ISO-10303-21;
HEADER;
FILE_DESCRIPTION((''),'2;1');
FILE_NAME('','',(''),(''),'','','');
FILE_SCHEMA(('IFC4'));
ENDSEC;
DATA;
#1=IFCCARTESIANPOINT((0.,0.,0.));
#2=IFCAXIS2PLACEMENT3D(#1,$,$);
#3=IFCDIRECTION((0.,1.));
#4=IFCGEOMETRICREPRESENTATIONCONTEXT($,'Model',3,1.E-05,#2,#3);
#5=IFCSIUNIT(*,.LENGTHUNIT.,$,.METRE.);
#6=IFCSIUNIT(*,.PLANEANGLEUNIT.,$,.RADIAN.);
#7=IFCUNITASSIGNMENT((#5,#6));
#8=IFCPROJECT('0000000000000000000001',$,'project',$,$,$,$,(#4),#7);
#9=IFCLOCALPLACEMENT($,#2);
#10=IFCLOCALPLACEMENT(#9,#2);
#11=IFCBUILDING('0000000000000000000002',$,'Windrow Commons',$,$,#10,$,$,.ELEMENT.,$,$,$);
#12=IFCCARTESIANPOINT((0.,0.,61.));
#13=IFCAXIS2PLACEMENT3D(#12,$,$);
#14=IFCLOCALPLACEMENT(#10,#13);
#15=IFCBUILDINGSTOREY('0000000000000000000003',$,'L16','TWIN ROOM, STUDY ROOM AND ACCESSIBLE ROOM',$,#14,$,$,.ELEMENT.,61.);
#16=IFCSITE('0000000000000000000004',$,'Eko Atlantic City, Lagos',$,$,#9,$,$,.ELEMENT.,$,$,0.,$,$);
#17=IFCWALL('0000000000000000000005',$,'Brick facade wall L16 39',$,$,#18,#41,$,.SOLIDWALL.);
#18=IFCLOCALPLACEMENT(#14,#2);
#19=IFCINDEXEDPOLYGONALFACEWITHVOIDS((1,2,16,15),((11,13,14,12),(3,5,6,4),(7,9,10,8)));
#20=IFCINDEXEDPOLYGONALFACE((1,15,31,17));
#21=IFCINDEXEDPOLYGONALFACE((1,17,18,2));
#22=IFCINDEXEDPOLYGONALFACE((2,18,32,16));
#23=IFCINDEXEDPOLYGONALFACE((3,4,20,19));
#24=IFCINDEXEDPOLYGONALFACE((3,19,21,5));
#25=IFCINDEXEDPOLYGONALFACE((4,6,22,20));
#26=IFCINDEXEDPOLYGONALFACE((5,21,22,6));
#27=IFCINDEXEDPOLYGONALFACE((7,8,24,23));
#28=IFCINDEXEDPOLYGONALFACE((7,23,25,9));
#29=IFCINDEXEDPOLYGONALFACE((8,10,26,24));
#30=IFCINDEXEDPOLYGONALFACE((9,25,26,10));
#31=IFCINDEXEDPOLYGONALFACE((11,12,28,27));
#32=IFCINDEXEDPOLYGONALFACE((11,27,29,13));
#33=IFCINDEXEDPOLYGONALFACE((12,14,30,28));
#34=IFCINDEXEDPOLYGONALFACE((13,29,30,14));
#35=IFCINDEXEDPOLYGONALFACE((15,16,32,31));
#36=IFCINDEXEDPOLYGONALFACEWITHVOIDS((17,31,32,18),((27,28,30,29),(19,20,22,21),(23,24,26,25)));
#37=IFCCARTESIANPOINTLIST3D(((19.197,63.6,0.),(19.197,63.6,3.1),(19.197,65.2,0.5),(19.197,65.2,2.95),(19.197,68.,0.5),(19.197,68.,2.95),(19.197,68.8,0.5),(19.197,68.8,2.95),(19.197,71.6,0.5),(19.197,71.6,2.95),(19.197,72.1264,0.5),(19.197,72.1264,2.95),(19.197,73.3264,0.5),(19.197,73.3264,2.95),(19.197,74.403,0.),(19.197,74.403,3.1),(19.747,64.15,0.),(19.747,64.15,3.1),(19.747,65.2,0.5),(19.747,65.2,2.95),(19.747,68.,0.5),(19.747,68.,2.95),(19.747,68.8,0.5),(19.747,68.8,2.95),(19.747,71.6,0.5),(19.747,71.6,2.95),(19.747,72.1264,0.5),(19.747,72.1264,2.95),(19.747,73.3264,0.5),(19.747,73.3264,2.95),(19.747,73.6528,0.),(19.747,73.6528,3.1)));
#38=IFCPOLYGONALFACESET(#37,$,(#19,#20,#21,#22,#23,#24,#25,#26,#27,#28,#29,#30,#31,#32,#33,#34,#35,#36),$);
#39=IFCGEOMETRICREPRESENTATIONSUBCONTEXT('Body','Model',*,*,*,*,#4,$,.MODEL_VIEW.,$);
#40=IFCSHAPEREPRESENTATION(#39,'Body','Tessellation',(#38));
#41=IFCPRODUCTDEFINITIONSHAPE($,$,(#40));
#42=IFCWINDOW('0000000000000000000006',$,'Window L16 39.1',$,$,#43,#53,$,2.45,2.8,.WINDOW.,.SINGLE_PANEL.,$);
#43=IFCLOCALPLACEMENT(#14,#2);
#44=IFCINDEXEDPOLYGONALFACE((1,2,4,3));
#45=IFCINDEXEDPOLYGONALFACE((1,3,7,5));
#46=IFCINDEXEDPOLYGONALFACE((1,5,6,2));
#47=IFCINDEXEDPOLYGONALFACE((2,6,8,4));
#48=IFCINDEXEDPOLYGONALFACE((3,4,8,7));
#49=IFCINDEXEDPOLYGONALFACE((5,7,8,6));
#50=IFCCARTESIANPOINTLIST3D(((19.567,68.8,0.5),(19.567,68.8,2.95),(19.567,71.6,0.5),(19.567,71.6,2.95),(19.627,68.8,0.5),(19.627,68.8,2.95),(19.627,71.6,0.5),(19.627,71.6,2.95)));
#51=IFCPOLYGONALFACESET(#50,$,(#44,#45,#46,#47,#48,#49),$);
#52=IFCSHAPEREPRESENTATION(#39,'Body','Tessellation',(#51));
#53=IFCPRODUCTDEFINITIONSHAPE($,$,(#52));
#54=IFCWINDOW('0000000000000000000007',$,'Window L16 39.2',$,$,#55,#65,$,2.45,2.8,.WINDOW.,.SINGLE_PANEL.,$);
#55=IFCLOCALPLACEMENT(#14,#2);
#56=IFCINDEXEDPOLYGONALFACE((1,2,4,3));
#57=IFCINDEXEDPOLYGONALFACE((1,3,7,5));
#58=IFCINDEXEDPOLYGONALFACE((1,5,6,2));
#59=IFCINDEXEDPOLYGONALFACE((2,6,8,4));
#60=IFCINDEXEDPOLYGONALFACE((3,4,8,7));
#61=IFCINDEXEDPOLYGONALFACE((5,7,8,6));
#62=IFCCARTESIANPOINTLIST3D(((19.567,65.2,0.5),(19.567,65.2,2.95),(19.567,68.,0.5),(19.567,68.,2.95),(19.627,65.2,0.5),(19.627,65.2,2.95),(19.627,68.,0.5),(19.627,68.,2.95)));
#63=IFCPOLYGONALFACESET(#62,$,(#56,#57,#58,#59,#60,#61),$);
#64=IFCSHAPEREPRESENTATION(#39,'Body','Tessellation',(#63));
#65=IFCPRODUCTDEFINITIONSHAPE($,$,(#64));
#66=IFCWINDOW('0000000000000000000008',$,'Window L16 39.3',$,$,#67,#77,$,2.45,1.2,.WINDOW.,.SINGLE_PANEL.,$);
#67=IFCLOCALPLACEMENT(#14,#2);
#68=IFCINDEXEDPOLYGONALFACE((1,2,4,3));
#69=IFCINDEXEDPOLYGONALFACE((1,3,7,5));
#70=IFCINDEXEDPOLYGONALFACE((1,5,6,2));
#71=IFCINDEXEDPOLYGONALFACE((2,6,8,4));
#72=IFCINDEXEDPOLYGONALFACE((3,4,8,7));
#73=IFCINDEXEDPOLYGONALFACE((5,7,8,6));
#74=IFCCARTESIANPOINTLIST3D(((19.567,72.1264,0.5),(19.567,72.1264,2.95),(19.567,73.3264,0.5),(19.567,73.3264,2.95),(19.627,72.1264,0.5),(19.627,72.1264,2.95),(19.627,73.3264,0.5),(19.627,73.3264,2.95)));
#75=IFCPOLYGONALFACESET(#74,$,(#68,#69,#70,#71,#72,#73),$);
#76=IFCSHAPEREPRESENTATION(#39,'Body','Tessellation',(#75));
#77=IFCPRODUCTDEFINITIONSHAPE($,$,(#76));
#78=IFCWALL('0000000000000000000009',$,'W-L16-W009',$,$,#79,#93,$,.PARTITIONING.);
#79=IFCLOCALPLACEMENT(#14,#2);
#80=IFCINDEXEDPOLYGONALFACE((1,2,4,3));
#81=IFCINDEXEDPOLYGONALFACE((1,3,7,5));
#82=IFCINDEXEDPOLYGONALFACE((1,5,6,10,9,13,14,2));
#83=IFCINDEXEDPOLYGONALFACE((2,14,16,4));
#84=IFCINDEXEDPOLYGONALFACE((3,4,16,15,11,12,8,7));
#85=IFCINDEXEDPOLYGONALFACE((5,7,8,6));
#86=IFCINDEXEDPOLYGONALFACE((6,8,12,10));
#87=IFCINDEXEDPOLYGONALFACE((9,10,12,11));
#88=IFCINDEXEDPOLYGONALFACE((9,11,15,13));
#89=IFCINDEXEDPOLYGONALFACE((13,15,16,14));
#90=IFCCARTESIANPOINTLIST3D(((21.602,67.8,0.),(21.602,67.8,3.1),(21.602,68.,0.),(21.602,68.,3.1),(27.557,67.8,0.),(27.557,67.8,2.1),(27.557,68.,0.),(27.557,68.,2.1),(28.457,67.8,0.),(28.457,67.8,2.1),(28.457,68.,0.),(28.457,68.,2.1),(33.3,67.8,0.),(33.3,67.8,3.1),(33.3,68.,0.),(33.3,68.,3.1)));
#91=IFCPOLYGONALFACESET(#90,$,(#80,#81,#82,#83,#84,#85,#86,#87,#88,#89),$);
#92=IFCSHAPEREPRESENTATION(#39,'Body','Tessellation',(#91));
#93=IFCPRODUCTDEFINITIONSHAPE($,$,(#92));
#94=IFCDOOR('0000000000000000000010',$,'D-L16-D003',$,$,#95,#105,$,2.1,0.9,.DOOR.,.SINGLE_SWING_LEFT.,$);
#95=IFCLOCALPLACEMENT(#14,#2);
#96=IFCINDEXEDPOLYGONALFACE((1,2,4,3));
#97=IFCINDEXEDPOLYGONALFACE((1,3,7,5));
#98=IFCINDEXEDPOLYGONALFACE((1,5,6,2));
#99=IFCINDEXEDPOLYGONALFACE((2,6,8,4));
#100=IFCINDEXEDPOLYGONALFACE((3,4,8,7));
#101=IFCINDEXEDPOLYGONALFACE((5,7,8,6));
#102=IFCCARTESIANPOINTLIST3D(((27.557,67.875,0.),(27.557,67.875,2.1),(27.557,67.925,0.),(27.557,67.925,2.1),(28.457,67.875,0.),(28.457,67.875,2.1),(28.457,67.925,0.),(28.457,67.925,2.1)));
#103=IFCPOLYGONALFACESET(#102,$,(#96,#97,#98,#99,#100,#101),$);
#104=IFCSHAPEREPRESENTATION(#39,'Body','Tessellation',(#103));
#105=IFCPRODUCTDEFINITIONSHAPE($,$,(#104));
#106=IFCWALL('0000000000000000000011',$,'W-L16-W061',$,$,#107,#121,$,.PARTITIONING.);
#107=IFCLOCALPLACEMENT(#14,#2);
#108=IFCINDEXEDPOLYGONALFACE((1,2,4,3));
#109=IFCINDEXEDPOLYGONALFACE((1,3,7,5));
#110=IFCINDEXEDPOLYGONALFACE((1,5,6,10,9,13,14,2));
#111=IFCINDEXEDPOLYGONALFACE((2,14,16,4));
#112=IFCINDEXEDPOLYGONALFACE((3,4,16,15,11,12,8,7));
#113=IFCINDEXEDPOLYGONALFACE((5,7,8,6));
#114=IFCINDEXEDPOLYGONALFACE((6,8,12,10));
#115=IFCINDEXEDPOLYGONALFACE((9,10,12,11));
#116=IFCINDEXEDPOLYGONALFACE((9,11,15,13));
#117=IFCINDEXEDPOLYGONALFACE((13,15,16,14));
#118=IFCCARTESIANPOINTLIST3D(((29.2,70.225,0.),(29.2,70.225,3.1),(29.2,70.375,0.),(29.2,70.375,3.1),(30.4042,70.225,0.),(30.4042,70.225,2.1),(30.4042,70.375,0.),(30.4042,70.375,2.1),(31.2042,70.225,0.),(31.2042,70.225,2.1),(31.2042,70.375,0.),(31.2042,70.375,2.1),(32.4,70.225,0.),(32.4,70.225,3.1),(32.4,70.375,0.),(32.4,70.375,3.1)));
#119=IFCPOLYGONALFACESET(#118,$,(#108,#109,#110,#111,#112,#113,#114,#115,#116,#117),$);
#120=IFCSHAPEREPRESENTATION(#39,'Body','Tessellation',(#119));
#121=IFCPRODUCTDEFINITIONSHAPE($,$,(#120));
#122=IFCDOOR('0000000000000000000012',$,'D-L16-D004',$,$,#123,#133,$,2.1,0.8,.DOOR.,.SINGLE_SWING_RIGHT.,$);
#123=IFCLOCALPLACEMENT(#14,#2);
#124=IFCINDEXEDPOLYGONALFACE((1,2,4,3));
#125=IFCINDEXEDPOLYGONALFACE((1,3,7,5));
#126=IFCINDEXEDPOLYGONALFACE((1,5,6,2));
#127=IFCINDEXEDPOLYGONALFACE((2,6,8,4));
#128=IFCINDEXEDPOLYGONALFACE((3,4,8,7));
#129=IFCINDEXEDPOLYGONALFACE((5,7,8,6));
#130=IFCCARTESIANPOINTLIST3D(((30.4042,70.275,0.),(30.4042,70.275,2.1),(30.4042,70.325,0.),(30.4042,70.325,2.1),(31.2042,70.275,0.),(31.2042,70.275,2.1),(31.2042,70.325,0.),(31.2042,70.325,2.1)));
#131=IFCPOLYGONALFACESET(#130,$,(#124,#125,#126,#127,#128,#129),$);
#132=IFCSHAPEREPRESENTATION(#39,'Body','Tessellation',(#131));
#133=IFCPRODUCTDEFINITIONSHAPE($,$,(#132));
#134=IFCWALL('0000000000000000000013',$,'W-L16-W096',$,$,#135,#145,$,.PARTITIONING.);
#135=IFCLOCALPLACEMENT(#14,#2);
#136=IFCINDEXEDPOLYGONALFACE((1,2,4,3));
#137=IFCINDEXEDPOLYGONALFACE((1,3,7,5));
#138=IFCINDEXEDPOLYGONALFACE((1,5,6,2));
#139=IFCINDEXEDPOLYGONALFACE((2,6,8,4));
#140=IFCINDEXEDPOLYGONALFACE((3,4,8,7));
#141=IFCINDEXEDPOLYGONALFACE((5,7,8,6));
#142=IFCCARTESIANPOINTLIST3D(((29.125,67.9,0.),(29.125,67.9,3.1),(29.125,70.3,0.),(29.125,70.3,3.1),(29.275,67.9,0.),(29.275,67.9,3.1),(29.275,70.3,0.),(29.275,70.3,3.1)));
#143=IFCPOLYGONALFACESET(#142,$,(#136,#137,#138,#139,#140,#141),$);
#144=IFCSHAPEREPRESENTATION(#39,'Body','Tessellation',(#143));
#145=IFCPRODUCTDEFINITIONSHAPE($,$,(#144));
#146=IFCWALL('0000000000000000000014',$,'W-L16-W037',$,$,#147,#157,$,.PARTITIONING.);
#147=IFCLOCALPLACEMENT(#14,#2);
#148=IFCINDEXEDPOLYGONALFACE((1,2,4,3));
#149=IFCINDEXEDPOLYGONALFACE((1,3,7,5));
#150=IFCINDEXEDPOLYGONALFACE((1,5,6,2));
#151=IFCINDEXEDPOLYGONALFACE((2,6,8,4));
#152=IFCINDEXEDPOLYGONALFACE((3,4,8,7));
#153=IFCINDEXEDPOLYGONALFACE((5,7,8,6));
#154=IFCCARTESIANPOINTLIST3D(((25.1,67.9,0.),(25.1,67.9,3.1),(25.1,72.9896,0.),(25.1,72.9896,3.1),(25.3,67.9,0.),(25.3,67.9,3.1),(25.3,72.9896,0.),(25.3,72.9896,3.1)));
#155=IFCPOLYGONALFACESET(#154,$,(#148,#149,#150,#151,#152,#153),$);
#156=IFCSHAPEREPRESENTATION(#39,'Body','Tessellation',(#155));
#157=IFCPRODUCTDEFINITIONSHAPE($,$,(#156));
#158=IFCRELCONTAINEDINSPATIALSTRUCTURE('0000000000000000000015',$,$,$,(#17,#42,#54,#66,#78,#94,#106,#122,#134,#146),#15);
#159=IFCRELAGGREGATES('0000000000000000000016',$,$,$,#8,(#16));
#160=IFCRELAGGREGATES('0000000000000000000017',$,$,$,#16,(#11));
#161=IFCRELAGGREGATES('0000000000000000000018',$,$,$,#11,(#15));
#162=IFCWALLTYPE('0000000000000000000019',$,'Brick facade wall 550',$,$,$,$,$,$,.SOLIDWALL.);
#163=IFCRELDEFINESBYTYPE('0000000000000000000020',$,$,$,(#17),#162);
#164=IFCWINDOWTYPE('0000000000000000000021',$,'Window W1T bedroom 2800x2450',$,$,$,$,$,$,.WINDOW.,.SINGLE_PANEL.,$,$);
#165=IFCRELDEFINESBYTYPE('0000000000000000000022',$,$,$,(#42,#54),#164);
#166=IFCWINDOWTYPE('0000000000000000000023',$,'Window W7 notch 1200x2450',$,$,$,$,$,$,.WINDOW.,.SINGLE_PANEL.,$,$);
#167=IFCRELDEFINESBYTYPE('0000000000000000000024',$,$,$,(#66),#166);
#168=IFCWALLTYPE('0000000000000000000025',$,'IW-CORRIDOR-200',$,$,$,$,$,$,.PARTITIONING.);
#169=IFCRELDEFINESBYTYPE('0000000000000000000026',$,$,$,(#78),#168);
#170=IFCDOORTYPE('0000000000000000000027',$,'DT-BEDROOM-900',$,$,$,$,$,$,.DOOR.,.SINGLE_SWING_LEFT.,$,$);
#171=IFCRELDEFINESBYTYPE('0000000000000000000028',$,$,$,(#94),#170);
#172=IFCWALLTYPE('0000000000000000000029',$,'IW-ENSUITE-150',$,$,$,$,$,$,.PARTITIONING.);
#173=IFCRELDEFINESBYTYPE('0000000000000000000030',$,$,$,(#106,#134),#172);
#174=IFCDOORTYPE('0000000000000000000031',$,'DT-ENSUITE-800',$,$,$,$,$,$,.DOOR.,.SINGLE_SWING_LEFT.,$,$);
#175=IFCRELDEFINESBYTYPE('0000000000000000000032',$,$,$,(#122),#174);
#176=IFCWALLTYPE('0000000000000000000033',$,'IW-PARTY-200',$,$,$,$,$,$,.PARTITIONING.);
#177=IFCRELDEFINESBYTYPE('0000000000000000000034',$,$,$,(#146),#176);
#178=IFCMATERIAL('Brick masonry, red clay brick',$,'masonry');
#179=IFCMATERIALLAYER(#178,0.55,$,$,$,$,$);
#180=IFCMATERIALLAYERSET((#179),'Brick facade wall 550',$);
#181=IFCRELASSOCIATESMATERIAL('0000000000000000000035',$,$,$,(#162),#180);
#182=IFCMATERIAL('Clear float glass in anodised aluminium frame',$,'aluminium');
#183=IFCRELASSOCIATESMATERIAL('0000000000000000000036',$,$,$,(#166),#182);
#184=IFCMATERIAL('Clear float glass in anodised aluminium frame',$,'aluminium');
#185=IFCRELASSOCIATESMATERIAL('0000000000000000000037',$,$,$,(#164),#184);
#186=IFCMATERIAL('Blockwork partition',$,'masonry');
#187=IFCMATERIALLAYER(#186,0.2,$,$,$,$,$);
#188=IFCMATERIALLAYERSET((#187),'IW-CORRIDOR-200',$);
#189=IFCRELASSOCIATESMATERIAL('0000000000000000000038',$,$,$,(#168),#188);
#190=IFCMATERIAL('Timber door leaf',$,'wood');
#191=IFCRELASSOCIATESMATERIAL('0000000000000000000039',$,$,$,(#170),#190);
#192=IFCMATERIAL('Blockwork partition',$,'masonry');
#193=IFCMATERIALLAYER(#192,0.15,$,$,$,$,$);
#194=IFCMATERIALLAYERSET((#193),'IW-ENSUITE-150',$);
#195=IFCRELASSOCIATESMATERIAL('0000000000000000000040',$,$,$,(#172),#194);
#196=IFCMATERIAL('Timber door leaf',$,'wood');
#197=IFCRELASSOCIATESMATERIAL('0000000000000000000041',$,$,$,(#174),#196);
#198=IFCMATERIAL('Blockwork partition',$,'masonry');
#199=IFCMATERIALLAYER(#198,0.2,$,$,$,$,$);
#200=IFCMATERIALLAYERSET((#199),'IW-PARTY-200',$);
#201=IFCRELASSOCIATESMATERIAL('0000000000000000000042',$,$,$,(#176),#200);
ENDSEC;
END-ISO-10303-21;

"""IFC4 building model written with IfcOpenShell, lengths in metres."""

from ifc_helpers import new_model, si_unit, direction, frame, frame_2d, origin, place, context, subcontext, project, spatial, polyline, rectangle, outline, extrude, material, layer, layer_set, type_object, element, fill, save


model = new_model("IFC4")

# Units and contexts
model_context = context("Model", 3, precision=1e-05, world=origin(), true_north=direction((0.0, 1.0)))
body_context = subcontext(model_context, "Body", "Model", "MODEL_VIEW")
ifc_project = project(units=[si_unit("LENGTHUNIT", "METRE"), si_unit("PLANEANGLEUNIT", "RADIAN")], contexts=[model_context])

# Site, building, storey
site_placement = place(None, origin())
site = spatial("IfcSite", under=ifc_project, at=site_placement, Name="Eko Atlantic City, Lagos", CompositionType="ELEMENT", RefElevation=0.0)
building_placement = place(site_placement, origin())
building = spatial("IfcBuilding", under=site, at=building_placement, Name="Windrow Commons", CompositionType="ELEMENT")
storey_placement = place(building_placement, frame((0.0, 0.0, 61.0)))
storey = spatial("IfcBuildingStorey", under=building, at=storey_placement, Name="L16", Description="TWIN ROOM, STUDY ROOM AND ACCESSIBLE ROOM", CompositionType="ELEMENT", Elevation=61.0)

# Shared definitions
ifc_material_1 = material(Name="Brick masonry, red clay brick", Category="masonry")
ifc_layer_1 = layer(ifc_material_1, 0.55)
ifc_layer_set_1 = layer_set([ifc_layer_1], Name="Brick facade wall 550")
wall_type_1 = type_object("IfcWallType", Name="Brick facade wall 550", PredefinedType="SOLIDWALL", material=ifc_layer_set_1)
ifc_material_2 = material(Name="Clear float glass in anodised aluminium frame", Category="aluminium")
window_type_1 = type_object("IfcWindowType", Name="Window W7 notch 1200x2450", PartitioningType="SINGLE_PANEL", PredefinedType="WINDOW", material=ifc_material_2)

# Wall, openings, windows
wall_1_placement = place(storey_placement, frame((19.472, 74.0279, 0.0), z_axis=(0.0, 0.0, 1.0), x_axis=(0.0, -1.0, 0.0)))
wall_1 = element("IfcWall", 1, at=wall_1_placement, inside=storey, type_object=wall_type_1, Name="Brick facade wall L16 39", PredefinedType="SOLIDWALL", context=body_context, shape_type="SweptSolid", body=[
    extrude(outline(polyline([(-0.3751, -0.275), (10.4279, -0.275), (9.8779, 0.275), (0.3751, 0.275), (-0.3751, -0.275)])), origin(), (0.0, 0.0, 1.0), 3.1),
])
opening_1_placement = place(wall_1_placement, frame((2.4279, 0.0, 0.5)))
opening_1 = element("IfcOpeningElement", 2, at=opening_1_placement, cuts=wall_1, PredefinedType="OPENING", context=body_context, shape_type="SweptSolid", body=[
    extrude(rectangle(XDim=2.8, YDim=2.45, at=frame_2d((1.4, 1.225))), frame((0.0, 0.285, 0.0), z_axis=(0.0, -1.0, 0.0), x_axis=(1.0, 0.0, 0.0)), (0.0, 0.0, 1.0), 0.57),
])
opening_2_placement = place(wall_1_placement, frame((6.0279, 0.0, 0.5)))
opening_2 = element("IfcOpeningElement", 3, at=opening_2_placement, cuts=wall_1, PredefinedType="OPENING", context=body_context, shape_type="SweptSolid", body=[
    extrude(rectangle(XDim=2.8, YDim=2.45, at=frame_2d((1.4, 1.225))), frame((0.0, 0.285, 0.0), z_axis=(0.0, -1.0, 0.0), x_axis=(1.0, 0.0, 0.0)), (0.0, 0.0, 1.0), 0.57),
])
opening_3_placement = place(wall_1_placement, frame((0.7015, 0.0, 0.5)))
opening_3 = element("IfcOpeningElement", 4, at=opening_3_placement, cuts=wall_1, PredefinedType="OPENING", context=body_context, shape_type="SweptSolid", body=[
    extrude(rectangle(XDim=1.2, YDim=2.45, at=frame_2d((0.6, 1.225))), frame((0.0, 0.285, 0.0), z_axis=(0.0, -1.0, 0.0), x_axis=(1.0, 0.0, 0.0)), (0.0, 0.0, 1.0), 0.57),
])
ifc_material_3 = material(Name="Clear float glass in anodised aluminium frame", Category="aluminium")
window_type_2 = type_object("IfcWindowType", Name="Window W1T bedroom 2800x2450", PartitioningType="SINGLE_PANEL", PredefinedType="WINDOW", material=ifc_material_3)
window_1_placement = place(opening_1_placement, origin())
window_1 = element("IfcWindow", 5, at=window_1_placement, inside=storey, type_object=window_type_2, Name="Window L16 39.1", OverallHeight=2.45, OverallWidth=2.8, PartitioningType="SINGLE_PANEL", PredefinedType="WINDOW", context=body_context, shape_type="SweptSolid", body=[
    extrude(rectangle(XDim=2.8, YDim=2.45, at=frame_2d((1.4, 1.225))), frame((0.0, 0.155, 0.0), z_axis=(0.0, -1.0, 0.0), x_axis=(1.0, 0.0, 0.0)), (0.0, 0.0, 1.0), 0.06),
])
fill(opening_1, window_1)
window_2_placement = place(opening_2_placement, origin())
window_2 = element("IfcWindow", 6, at=window_2_placement, inside=storey, type_object=window_type_2, Name="Window L16 39.2", OverallHeight=2.45, OverallWidth=2.8, PartitioningType="SINGLE_PANEL", PredefinedType="WINDOW", context=body_context, shape_type="SweptSolid", body=[
    extrude(rectangle(XDim=2.8, YDim=2.45, at=frame_2d((1.4, 1.225))), frame((0.0, 0.155, 0.0), z_axis=(0.0, -1.0, 0.0), x_axis=(1.0, 0.0, 0.0)), (0.0, 0.0, 1.0), 0.06),
])
fill(opening_2, window_2)
window_3_placement = place(opening_3_placement, origin())
window_3 = element("IfcWindow", 7, at=window_3_placement, inside=storey, type_object=window_type_1, Name="Window L16 39.3", OverallHeight=2.45, OverallWidth=1.2, PartitioningType="SINGLE_PANEL", PredefinedType="WINDOW", context=body_context, shape_type="SweptSolid", body=[
    extrude(rectangle(XDim=1.2, YDim=2.45, at=frame_2d((0.6, 1.225))), frame((0.0, 0.155, 0.0), z_axis=(0.0, -1.0, 0.0), x_axis=(1.0, 0.0, 0.0)), (0.0, 0.0, 1.0), 0.06),
])
fill(opening_3, window_3)

# Walls, openings, doors
ifc_material_4 = material(Name="Blockwork partition", Category="masonry")
ifc_layer_2 = layer(ifc_material_4, 0.2)
ifc_layer_set_2 = layer_set([ifc_layer_2], Name="IW-CORRIDOR-200")
wall_type_2 = type_object("IfcWallType", Name="IW-CORRIDOR-200", PredefinedType="PARTITIONING", material=ifc_layer_set_2)
wall_2_placement = place(storey_placement, frame((21.602, 67.9, 0.0), z_axis=(0.0, 0.0, 1.0), x_axis=(1.0, 0.0, 0.0)))
wall_2 = element("IfcWall", 8, at=wall_2_placement, inside=storey, type_object=wall_type_2, Name="W-L16-W009", PredefinedType="PARTITIONING", context=body_context, shape_type="SweptSolid", body=[
    extrude(rectangle(XDim=11.698, YDim=0.2, at=frame_2d((5.849, 0.0))), origin(), (0.0, 0.0, 1.0), 3.1),
])
opening_4_placement = place(wall_2_placement, frame((5.955, 0.0, 0.0)))
opening_4 = element("IfcOpeningElement", 9, at=opening_4_placement, cuts=wall_2, PredefinedType="OPENING", context=body_context, shape_type="SweptSolid", body=[
    extrude(rectangle(XDim=0.9, YDim=2.1, at=frame_2d((0.45, 1.05))), frame((0.0, 0.11, 0.0), z_axis=(0.0, -1.0, 0.0), x_axis=(1.0, 0.0, 0.0)), (0.0, 0.0, 1.0), 0.22),
])
ifc_material_5 = material(Name="Timber door leaf", Category="wood")
door_type_1 = type_object("IfcDoorType", Name="DT-BEDROOM-900", OperationType="SINGLE_SWING_LEFT", PredefinedType="DOOR", material=ifc_material_5)
door_1_placement = place(opening_4_placement, origin())
door_1 = element("IfcDoor", 10, at=door_1_placement, inside=storey, type_object=door_type_1, Name="D-L16-D003", OperationType="SINGLE_SWING_LEFT", OverallHeight=2.1, OverallWidth=0.9, PredefinedType="DOOR", context=body_context, shape_type="SweptSolid", body=[
    extrude(rectangle(XDim=0.9, YDim=2.1, at=frame_2d((0.45, 1.05))), frame((0.0, 0.025, 0.0), z_axis=(0.0, -1.0, 0.0), x_axis=(1.0, 0.0, 0.0)), (0.0, 0.0, 1.0), 0.05),
])
fill(opening_4, door_1)
ifc_material_6 = material(Name="Blockwork partition", Category="masonry")
ifc_layer_3 = layer(ifc_material_6, 0.15)
ifc_layer_set_3 = layer_set([ifc_layer_3], Name="IW-ENSUITE-150")
wall_type_3 = type_object("IfcWallType", Name="IW-ENSUITE-150", PredefinedType="PARTITIONING", material=ifc_layer_set_3)
wall_3_placement = place(storey_placement, frame((29.2, 70.3, 0.0), z_axis=(0.0, 0.0, 1.0), x_axis=(1.0, 0.0, 0.0)))
wall_3 = element("IfcWall", 11, at=wall_3_placement, inside=storey, type_object=wall_type_3, Name="W-L16-W061", PredefinedType="PARTITIONING", context=body_context, shape_type="SweptSolid", body=[
    extrude(rectangle(XDim=3.2, YDim=0.15, at=frame_2d((1.6, 0.0))), origin(), (0.0, 0.0, 1.0), 3.1),
])
opening_5_placement = place(wall_3_placement, frame((1.2042, 0.0, 0.0)))
opening_5 = element("IfcOpeningElement", 12, at=opening_5_placement, cuts=wall_3, PredefinedType="OPENING", context=body_context, shape_type="SweptSolid", body=[
    extrude(rectangle(XDim=0.8, YDim=2.1, at=frame_2d((0.4, 1.05))), frame((0.0, 0.085, 0.0), z_axis=(0.0, -1.0, 0.0), x_axis=(1.0, 0.0, 0.0)), (0.0, 0.0, 1.0), 0.17),
])
ifc_material_7 = material(Name="Timber door leaf", Category="wood")
door_type_2 = type_object("IfcDoorType", Name="DT-ENSUITE-800", OperationType="SINGLE_SWING_LEFT", PredefinedType="DOOR", material=ifc_material_7)
door_2_placement = place(opening_5_placement, origin())
door_2 = element("IfcDoor", 13, at=door_2_placement, inside=storey, type_object=door_type_2, Name="D-L16-D004", OperationType="SINGLE_SWING_RIGHT", OverallHeight=2.1, OverallWidth=0.8, PredefinedType="DOOR", context=body_context, shape_type="SweptSolid", body=[
    extrude(rectangle(XDim=0.8, YDim=2.1, at=frame_2d((0.4, 1.05))), frame((0.0, 0.025, 0.0), z_axis=(0.0, -1.0, 0.0), x_axis=(1.0, 0.0, 0.0)), (0.0, 0.0, 1.0), 0.05),
])
fill(opening_5, door_2)

# Walls
wall_4_placement = place(storey_placement, frame((29.2, 67.9, 0.0), z_axis=(0.0, 0.0, 1.0), x_axis=(0.0, 1.0, 0.0)))
element("IfcWall", 14, at=wall_4_placement, inside=storey, type_object=wall_type_3, Name="W-L16-W096", PredefinedType="PARTITIONING", context=body_context, shape_type="SweptSolid", body=[
    extrude(rectangle(XDim=2.4, YDim=0.15, at=frame_2d((1.2, 0.0))), origin(), (0.0, 0.0, 1.0), 3.1),
])
ifc_material_8 = material(Name="Blockwork partition", Category="masonry")
ifc_layer_4 = layer(ifc_material_8, 0.2)
ifc_layer_set_4 = layer_set([ifc_layer_4], Name="IW-PARTY-200")
wall_type_4 = type_object("IfcWallType", Name="IW-PARTY-200", PredefinedType="PARTITIONING", material=ifc_layer_set_4)
wall_5_placement = place(storey_placement, frame((25.2, 67.9, 0.0), z_axis=(0.0, 0.0, 1.0), x_axis=(0.0, 1.0, 0.0)))
element("IfcWall", 15, at=wall_5_placement, inside=storey, type_object=wall_type_4, Name="W-L16-W037", PredefinedType="PARTITIONING", context=body_context, shape_type="SweptSolid", body=[
    extrude(rectangle(XDim=5.0896, YDim=0.2, at=frame_2d((2.5448, 0.0))), origin(), (0.0, 0.0, 1.0), 3.1),
])

save(model, "model.ifc")
